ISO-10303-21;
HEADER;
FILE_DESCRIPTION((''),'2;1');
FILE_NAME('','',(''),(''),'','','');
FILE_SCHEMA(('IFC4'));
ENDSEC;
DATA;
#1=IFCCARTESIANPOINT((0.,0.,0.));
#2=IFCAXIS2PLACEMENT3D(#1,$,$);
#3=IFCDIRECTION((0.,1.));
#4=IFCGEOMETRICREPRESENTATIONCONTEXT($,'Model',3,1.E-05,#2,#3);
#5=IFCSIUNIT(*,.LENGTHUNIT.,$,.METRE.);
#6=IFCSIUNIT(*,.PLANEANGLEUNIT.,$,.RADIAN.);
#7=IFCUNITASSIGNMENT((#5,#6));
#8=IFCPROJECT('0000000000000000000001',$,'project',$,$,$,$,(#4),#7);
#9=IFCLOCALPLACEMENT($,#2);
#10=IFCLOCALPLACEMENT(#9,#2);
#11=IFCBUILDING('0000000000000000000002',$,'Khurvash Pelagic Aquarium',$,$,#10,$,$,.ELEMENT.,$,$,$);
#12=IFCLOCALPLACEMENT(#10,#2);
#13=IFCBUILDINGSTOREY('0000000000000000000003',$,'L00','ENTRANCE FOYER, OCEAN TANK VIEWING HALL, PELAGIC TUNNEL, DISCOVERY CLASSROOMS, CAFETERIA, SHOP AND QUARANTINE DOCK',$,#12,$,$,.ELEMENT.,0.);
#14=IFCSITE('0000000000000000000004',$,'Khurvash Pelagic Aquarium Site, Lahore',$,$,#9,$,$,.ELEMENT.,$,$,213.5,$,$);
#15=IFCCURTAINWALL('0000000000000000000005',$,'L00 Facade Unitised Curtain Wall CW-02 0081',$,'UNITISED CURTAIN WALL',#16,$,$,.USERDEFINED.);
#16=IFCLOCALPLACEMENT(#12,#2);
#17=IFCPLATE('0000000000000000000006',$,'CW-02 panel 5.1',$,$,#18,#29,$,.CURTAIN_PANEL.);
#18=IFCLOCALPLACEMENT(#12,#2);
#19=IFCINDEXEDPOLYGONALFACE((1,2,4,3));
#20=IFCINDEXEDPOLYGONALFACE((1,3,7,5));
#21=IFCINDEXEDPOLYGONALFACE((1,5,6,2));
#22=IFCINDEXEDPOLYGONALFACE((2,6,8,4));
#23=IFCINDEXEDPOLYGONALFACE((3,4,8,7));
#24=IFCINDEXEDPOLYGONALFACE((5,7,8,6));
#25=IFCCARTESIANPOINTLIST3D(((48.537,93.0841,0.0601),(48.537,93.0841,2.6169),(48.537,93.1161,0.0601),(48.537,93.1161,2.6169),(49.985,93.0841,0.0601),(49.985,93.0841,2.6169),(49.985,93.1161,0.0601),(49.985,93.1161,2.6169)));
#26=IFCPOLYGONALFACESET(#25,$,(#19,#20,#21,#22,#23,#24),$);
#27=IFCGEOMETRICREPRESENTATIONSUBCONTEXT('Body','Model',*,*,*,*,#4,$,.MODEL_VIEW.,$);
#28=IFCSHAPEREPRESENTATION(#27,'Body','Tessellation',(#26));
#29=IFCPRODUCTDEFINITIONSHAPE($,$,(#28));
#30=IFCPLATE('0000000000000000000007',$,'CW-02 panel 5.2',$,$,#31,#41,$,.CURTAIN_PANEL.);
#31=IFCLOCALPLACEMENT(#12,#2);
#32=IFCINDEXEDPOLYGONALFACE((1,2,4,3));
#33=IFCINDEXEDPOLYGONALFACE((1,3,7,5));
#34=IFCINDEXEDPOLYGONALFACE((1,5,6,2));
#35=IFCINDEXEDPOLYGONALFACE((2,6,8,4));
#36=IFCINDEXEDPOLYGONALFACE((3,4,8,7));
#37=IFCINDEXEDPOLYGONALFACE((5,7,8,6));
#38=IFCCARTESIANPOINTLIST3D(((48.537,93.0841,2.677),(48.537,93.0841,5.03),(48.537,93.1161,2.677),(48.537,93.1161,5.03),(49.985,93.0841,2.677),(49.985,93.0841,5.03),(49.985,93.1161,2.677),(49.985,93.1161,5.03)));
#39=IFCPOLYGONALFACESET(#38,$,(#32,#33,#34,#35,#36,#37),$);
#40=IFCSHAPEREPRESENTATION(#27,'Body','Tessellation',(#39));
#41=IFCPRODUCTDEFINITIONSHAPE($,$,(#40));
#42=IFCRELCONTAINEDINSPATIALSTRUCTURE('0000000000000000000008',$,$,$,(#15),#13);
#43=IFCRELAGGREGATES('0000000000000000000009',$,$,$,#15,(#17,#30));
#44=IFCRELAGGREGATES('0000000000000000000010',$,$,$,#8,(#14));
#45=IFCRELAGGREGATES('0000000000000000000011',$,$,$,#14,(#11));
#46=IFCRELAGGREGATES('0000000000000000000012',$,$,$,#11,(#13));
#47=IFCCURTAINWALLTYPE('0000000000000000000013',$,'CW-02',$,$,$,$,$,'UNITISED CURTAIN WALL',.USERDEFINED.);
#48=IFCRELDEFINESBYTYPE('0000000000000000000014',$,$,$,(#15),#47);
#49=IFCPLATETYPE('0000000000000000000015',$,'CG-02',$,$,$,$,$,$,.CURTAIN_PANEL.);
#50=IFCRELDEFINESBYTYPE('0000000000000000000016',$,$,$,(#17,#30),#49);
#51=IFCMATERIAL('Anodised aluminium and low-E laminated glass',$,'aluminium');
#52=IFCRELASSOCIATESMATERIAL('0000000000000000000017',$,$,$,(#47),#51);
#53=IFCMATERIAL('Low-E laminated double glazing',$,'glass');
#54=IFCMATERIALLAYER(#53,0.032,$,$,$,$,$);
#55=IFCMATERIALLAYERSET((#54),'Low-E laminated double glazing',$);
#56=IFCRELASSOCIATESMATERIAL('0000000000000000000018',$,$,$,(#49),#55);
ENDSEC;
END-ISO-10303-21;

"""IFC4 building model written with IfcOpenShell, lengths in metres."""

from ifc_helpers import new_model, si_unit, direction, frame, origin, origin_2d, place, context, subcontext, project, spatial, rectangle, extrude, material, layer, layer_set, type_object, element, aggregate, save


model = new_model("IFC4")

# Units and contexts
model_context = context("Model", 3, precision=1e-05, world=origin(), true_north=direction((0.0, 1.0)))
body_context = subcontext(model_context, "Body", "Model", "MODEL_VIEW")
ifc_project = project(units=[si_unit("LENGTHUNIT", "METRE"), si_unit("PLANEANGLEUNIT", "RADIAN")], contexts=[model_context])

# Site, building, storey
site_placement = place(None, origin())
site = spatial("IfcSite", under=ifc_project, at=site_placement, Name="Khurvash Pelagic Aquarium Site, Lahore", CompositionType="ELEMENT", RefElevation=213.5)
building_placement = place(site_placement, origin())
building = spatial("IfcBuilding", under=site, at=building_placement, Name="Khurvash Pelagic Aquarium", CompositionType="ELEMENT")
storey_placement = place(building_placement, origin())
storey = spatial("IfcBuildingStorey", under=building, at=storey_placement, Name="L00", Description="ENTRANCE FOYER, OCEAN TANK VIEWING HALL, PELAGIC TUNNEL, DISCOVERY CLASSROOMS, CAFETERIA, SHOP AND QUARANTINE DOCK", CompositionType="ELEMENT", Elevation=0.0)

# Curtain wall
ifc_material_1 = material(Name="Anodised aluminium and low-E laminated glass", Category="aluminium")
curtain_wall_type = type_object("IfcCurtainWallType", Name="CW-02", ElementType="UNITISED CURTAIN WALL", PredefinedType="USERDEFINED", material=ifc_material_1)
curtain_wall_1_placement = place(storey_placement, origin())
curtain_wall_1 = element("IfcCurtainWall", 1, at=curtain_wall_1_placement, inside=storey, type_object=curtain_wall_type, Name="L00 Facade Unitised Curtain Wall CW-02 0081", ObjectType="UNITISED CURTAIN WALL", PredefinedType="USERDEFINED")

# Plates
ifc_material_2 = material(Name="Low-E laminated double glazing", Category="glass")
ifc_layer = layer(ifc_material_2, 0.032)
ifc_layer_set = layer_set([ifc_layer], Name="Low-E laminated double glazing")
plate_type = type_object("IfcPlateType", Name="CG-02", PredefinedType="CURTAIN_PANEL", material=ifc_layer_set)
plate_1_placement = place(storey_placement, frame((49.261, 93.1001, 0.0601), z_axis=(0.0, 0.0, 1.0), x_axis=(1.0, 0.0, 0.0)))
plate_1 = element("IfcPlate", 2, at=plate_1_placement, type_object=plate_type, Name="CW-02 panel 5.1", PredefinedType="CURTAIN_PANEL", context=body_context, shape_type="SweptSolid", body=[
    extrude(rectangle(XDim=1.448, YDim=0.032, at=origin_2d()), origin(), (0.0, 0.0, 1.0), 2.5569),
])
plate_2_placement = place(storey_placement, frame((49.261, 93.1001, 2.677), z_axis=(0.0, 0.0, 1.0), x_axis=(1.0, 0.0, 0.0)))
plate_2 = element("IfcPlate", 3, at=plate_2_placement, type_object=plate_type, Name="CW-02 panel 5.2", PredefinedType="CURTAIN_PANEL", context=body_context, shape_type="SweptSolid", body=[
    extrude(rectangle(XDim=1.448, YDim=0.032, at=origin_2d()), origin(), (0.0, 0.0, 1.0), 2.353),
])
aggregate(curtain_wall_1, [plate_1, plate_2])

save(model, "model.ifc")
